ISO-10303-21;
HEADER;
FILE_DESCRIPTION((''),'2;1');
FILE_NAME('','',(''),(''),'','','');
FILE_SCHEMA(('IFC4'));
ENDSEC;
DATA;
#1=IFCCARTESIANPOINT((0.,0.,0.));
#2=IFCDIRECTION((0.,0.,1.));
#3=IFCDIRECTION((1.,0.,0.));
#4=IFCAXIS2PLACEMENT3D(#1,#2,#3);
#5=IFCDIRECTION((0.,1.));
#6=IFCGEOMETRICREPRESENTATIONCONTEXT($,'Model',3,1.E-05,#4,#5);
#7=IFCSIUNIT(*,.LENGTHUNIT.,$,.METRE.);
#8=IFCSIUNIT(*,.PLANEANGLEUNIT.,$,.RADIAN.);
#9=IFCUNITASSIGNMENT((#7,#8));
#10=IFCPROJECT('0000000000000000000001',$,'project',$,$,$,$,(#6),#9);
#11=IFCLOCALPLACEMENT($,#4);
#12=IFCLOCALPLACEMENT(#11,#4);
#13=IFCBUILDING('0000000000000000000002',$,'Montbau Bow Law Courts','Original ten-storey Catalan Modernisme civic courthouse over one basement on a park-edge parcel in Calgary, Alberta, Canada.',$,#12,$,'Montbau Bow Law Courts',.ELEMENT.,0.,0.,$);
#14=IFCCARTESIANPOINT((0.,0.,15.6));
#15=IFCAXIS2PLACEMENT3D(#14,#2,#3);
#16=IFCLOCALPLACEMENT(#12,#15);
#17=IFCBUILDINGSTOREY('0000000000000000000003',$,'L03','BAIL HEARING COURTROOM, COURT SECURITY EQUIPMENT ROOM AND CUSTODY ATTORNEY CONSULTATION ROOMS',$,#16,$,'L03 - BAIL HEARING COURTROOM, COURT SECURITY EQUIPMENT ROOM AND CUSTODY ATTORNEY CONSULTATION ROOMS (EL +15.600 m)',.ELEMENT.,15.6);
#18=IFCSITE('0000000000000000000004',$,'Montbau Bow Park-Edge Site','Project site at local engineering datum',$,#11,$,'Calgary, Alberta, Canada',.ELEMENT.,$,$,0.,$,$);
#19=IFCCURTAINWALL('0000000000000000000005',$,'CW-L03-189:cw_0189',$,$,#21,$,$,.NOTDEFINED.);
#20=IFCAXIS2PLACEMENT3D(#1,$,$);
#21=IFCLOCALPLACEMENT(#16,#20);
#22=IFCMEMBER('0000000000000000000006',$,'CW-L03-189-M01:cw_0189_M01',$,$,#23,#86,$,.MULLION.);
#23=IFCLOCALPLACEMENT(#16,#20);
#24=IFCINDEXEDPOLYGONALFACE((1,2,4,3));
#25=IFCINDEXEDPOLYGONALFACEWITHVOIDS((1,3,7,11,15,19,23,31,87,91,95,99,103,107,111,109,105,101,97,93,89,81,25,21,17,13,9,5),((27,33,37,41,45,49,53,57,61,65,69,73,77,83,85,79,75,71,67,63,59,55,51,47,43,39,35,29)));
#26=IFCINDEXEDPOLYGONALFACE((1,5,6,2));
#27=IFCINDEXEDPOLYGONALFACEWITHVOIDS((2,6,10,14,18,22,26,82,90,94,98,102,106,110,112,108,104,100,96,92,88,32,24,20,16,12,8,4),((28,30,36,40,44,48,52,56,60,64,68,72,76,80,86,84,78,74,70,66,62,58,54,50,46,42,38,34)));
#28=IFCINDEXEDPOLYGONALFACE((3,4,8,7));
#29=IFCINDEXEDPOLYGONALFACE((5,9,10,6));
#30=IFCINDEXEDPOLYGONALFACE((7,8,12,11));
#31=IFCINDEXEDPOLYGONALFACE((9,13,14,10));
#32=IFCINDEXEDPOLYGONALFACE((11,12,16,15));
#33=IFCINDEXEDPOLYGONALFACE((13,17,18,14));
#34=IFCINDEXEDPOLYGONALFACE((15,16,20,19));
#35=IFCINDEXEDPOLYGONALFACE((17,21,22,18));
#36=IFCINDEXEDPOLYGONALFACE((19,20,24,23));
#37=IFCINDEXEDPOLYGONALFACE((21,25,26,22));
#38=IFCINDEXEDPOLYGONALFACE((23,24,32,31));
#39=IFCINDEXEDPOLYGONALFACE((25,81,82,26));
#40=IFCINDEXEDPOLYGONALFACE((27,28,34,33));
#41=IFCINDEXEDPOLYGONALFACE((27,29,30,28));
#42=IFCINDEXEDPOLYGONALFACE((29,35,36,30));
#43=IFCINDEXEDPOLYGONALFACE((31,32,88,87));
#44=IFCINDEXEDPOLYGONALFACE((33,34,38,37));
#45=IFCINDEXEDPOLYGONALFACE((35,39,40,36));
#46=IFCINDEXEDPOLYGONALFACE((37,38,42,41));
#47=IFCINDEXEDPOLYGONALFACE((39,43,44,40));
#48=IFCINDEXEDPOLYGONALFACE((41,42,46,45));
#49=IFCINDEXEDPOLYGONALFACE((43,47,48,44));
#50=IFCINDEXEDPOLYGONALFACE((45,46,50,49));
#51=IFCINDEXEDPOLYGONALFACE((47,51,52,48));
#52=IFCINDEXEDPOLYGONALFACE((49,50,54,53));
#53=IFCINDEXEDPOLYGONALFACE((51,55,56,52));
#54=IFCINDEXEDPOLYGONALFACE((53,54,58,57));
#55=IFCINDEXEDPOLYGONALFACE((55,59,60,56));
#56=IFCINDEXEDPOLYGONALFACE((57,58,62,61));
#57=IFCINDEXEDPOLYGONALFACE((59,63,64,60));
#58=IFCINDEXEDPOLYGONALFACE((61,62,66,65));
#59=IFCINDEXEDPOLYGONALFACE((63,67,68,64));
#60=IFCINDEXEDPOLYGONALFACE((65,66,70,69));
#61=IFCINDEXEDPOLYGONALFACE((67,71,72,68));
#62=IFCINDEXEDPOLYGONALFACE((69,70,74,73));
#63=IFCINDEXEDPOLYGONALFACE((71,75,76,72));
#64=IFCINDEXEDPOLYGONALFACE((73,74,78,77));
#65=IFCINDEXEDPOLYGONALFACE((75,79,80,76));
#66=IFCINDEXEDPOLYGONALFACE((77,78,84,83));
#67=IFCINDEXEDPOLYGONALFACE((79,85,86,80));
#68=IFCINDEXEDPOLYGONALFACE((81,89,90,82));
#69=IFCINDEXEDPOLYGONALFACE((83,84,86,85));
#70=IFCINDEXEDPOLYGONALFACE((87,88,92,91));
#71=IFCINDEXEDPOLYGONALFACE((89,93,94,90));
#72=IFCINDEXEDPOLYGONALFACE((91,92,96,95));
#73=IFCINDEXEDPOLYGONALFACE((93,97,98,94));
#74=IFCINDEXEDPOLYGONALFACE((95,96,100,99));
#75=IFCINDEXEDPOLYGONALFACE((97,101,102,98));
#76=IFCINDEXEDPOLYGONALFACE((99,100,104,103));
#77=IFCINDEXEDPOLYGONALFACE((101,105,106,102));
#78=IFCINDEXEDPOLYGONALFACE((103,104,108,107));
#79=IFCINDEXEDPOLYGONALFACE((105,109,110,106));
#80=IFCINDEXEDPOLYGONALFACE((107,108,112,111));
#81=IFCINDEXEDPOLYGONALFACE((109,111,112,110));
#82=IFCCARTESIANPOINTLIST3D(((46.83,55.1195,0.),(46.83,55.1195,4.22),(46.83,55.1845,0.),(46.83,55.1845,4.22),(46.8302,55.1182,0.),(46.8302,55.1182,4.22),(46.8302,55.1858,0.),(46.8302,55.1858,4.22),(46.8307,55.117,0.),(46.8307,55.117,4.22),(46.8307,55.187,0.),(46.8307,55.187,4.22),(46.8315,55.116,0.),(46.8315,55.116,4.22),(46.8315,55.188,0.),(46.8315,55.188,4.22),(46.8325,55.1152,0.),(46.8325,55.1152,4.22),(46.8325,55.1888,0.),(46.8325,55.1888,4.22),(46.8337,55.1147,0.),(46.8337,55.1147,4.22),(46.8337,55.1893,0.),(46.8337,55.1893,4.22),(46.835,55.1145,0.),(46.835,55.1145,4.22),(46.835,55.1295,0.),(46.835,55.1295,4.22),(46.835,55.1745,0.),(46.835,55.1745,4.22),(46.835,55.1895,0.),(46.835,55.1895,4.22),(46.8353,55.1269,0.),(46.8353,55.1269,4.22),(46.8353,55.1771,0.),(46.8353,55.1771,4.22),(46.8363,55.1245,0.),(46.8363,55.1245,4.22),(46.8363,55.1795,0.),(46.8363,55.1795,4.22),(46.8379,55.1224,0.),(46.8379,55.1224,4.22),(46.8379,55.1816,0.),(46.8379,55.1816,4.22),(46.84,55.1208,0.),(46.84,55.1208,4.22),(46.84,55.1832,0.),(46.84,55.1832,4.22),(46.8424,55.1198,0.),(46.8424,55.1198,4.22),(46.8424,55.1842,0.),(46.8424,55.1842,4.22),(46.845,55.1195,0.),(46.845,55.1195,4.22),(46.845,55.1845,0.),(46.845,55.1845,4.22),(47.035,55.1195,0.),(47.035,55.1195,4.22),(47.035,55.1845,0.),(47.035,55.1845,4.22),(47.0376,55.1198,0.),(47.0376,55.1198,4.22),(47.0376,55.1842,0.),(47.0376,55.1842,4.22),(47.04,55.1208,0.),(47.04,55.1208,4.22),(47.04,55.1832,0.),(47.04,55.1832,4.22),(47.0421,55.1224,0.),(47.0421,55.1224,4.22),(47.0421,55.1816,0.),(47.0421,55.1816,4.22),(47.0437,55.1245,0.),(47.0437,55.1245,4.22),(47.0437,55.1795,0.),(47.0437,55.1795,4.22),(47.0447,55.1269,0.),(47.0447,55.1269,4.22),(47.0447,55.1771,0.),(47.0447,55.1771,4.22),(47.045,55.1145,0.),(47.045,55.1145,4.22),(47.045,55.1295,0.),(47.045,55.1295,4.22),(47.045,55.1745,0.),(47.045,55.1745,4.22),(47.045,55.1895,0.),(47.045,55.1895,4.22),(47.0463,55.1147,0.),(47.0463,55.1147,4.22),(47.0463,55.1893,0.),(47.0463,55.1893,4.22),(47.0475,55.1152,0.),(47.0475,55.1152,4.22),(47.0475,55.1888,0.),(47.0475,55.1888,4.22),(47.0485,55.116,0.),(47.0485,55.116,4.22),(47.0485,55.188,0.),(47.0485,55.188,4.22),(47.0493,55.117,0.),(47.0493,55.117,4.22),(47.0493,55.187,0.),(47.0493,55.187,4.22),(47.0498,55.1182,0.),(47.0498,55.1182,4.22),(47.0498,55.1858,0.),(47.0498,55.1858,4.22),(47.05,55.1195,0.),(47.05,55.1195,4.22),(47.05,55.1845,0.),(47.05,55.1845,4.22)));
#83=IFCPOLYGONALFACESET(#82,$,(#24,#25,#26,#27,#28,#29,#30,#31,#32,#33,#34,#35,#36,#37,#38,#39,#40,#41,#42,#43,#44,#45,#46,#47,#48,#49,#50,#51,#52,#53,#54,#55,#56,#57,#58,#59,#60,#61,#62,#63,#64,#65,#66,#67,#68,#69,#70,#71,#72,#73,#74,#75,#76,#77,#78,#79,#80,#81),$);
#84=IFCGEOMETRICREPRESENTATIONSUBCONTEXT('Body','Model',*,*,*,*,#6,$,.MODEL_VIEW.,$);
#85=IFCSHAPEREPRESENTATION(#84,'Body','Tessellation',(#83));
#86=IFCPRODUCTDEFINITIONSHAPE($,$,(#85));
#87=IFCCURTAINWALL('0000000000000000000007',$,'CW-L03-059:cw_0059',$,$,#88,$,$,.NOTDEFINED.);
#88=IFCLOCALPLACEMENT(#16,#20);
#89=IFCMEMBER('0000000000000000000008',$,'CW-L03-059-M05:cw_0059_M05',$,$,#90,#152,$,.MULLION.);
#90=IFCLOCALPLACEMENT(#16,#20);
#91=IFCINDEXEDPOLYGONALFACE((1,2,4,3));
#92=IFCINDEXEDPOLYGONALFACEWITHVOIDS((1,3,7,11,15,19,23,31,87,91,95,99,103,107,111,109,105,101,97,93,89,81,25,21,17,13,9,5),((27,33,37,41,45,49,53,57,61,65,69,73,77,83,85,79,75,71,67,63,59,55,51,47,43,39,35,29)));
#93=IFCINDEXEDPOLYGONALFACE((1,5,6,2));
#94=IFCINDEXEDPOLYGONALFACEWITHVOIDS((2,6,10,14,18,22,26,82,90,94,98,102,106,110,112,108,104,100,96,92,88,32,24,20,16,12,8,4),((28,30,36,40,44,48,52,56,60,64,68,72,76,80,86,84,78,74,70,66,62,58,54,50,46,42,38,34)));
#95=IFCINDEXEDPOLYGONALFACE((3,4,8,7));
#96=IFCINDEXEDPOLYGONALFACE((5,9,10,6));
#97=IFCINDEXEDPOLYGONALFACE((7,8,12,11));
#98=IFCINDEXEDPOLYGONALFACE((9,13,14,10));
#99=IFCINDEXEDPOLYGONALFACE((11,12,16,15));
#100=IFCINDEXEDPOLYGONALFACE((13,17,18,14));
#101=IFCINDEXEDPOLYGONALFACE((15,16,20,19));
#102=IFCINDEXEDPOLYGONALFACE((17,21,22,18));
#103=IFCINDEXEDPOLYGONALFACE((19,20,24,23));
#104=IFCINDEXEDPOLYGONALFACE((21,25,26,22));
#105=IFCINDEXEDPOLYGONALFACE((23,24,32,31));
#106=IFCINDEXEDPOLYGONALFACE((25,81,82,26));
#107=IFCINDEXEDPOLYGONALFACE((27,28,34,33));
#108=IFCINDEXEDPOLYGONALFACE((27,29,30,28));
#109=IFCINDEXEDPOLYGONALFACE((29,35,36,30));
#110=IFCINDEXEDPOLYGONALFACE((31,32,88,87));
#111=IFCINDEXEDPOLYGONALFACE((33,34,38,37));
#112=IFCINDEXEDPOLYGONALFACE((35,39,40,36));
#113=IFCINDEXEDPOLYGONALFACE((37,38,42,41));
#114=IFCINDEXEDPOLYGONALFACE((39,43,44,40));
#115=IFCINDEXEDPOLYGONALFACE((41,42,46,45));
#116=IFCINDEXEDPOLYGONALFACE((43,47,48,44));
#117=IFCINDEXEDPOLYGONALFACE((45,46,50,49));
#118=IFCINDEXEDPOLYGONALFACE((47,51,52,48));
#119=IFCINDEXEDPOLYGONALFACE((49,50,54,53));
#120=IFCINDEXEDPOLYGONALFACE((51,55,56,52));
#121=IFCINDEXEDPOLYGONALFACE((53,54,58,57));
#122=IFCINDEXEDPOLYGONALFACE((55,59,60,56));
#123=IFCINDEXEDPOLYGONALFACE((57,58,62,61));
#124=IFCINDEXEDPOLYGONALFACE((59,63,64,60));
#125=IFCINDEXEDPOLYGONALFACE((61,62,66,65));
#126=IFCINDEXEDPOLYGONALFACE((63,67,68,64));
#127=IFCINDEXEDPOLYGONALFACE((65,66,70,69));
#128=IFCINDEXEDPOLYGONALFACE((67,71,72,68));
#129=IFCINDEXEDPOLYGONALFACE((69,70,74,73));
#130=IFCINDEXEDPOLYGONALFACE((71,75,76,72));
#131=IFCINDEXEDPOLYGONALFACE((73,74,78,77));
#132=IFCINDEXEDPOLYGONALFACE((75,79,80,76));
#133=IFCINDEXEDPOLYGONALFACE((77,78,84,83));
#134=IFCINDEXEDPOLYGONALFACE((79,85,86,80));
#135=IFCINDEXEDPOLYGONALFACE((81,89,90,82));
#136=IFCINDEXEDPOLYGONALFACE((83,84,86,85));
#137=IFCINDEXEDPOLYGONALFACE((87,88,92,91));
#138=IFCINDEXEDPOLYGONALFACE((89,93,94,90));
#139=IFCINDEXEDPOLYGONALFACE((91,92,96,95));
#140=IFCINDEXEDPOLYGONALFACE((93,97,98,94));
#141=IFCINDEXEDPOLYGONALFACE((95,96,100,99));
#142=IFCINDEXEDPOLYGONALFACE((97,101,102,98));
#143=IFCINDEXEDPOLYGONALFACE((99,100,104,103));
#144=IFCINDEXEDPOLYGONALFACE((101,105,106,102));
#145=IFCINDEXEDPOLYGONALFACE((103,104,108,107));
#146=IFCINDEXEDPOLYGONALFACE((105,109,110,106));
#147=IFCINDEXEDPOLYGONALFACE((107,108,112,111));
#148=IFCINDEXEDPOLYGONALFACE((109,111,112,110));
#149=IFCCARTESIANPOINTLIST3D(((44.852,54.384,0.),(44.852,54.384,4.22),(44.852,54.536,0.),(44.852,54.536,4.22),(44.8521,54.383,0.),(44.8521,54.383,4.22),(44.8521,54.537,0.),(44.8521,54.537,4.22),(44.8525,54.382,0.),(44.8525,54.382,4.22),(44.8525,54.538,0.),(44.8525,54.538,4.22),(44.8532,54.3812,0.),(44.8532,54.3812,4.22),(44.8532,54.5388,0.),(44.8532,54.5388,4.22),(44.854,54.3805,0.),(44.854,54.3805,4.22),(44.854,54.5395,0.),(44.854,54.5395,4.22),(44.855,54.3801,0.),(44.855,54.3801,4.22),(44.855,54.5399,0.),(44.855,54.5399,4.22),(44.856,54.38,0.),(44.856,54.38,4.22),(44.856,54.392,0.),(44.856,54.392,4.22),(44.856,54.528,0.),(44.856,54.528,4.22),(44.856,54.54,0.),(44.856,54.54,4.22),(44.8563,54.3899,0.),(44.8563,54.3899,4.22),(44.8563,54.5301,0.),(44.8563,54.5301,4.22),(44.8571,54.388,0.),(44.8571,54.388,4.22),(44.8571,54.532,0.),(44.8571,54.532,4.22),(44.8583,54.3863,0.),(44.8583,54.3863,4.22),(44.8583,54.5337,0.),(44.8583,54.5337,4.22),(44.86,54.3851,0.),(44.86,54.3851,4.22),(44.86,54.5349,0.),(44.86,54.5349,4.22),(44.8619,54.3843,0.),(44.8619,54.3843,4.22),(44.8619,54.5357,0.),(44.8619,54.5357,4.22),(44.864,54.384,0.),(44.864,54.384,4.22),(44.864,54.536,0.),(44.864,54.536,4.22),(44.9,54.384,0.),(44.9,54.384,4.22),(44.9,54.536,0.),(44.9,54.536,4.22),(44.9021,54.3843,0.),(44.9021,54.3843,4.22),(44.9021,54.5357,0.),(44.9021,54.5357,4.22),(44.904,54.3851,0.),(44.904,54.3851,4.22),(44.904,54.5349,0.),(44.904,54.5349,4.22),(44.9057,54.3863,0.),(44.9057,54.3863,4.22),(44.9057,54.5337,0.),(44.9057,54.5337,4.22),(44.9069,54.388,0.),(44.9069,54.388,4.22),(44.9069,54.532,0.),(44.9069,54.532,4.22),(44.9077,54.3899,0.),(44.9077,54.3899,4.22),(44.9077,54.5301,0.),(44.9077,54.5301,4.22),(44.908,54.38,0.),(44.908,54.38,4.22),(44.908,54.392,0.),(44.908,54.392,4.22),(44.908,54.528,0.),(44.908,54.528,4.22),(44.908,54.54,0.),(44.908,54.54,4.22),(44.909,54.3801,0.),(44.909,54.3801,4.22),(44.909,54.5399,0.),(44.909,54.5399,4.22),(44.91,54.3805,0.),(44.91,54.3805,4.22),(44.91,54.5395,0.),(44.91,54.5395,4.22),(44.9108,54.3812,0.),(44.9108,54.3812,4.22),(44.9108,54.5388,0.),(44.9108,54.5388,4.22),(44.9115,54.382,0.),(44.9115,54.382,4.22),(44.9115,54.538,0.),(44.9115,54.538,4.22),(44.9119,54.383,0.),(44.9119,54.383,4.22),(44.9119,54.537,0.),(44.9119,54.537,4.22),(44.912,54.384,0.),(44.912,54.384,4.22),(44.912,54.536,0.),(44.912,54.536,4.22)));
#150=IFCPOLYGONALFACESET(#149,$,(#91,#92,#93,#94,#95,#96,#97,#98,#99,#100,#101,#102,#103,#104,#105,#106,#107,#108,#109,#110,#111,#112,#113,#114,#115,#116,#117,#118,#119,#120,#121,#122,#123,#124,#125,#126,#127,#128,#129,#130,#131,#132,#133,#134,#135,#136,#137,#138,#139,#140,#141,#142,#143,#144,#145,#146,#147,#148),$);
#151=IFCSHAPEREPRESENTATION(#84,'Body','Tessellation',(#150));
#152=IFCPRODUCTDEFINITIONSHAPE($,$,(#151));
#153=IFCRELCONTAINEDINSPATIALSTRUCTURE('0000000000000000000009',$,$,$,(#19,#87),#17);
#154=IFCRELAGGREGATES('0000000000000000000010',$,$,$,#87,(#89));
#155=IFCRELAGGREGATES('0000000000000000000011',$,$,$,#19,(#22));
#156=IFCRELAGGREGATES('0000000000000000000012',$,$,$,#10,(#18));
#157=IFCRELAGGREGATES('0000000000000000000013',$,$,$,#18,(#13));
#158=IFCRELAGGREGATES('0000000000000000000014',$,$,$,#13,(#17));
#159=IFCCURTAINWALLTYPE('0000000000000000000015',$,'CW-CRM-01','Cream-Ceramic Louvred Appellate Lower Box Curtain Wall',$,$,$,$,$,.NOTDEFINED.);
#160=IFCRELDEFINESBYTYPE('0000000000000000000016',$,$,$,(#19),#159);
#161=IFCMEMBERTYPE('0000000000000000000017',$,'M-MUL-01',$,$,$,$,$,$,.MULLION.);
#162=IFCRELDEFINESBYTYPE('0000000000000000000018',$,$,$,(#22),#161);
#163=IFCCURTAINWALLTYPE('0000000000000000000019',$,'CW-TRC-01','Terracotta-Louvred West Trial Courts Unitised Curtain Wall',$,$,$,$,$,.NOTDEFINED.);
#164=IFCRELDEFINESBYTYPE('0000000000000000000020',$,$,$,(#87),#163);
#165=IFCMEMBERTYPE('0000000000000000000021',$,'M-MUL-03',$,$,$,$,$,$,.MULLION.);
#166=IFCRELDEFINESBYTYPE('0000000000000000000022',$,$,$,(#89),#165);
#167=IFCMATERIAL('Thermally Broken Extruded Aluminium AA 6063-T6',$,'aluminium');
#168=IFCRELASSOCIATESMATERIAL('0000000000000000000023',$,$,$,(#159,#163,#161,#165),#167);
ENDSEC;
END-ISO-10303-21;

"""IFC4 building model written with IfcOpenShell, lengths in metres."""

from ifc_helpers import new_model, si_unit, direction, frame, origin_with_axes, origin_2d_with_axis, place, context, subcontext, project, spatial, hollow_rectangle, extrude, material, material_profile, profile_set, type_object, element, aggregate, save


model = new_model("IFC4")

# Units and contexts
model_context = context("Model", 3, precision=1e-05, world=origin_with_axes(), true_north=direction((0.0, 1.0)))
body_context = subcontext(model_context, "Body", "Model", "MODEL_VIEW")
ifc_project = project(units=[si_unit("LENGTHUNIT", "METRE"), si_unit("PLANEANGLEUNIT", "RADIAN")], contexts=[model_context])

# Site, building, storey
site_placement = place(None, origin_with_axes())
site = spatial("IfcSite", under=ifc_project, at=site_placement, Name="Montbau Bow Park-Edge Site", Description="Project site at local engineering datum", LongName="Calgary, Alberta, Canada", CompositionType="ELEMENT", RefElevation=0.0)
building_placement = place(site_placement, origin_with_axes())
building = spatial("IfcBuilding", under=site, at=building_placement, Name="Montbau Bow Law Courts", Description="Original ten-storey Catalan Modernisme civic courthouse over one basement on a park-edge parcel in Calgary, Alberta, Canada.", LongName="Montbau Bow Law Courts", CompositionType="ELEMENT", ElevationOfRefHeight=0.0, ElevationOfTerrain=0.0)
storey_placement = place(building_placement, frame((0.0, 0.0, 15.6), z_axis=(0.0, 0.0, 1.0), x_axis=(1.0, 0.0, 0.0)))
storey = spatial("IfcBuildingStorey", under=building, at=storey_placement, Name="L03", Description="BAIL HEARING COURTROOM, COURT SECURITY EQUIPMENT ROOM AND CUSTODY ATTORNEY CONSULTATION ROOMS", LongName="L03 - BAIL HEARING COURTROOM, COURT SECURITY EQUIPMENT ROOM AND CUSTODY ATTORNEY CONSULTATION ROOMS (EL +15.600 m)", CompositionType="ELEMENT", Elevation=15.6)

# Curtain wall, member
ifc_material_1 = material(Name="Thermally Broken Extruded Aluminium AA 6063-T6", Category="aluminium")
curtain_wall_type_1 = type_object("IfcCurtainWallType", Name="CW-CRM-01", Description="Cream-Ceramic Louvred Appellate Lower Box Curtain Wall", PredefinedType="NOTDEFINED", material=ifc_material_1)
curtain_wall_1_placement = place(None, frame((46.94, 55.115, 15.6), z_axis=(0.0, 0.0, 1.0), x_axis=(1.0, 0.0, 0.0)))
curtain_wall_1 = element("IfcCurtainWall", 1, at=curtain_wall_1_placement, inside=storey, type_object=curtain_wall_type_1, Name="CW-L03-189:cw_0189", PredefinedType="NOTDEFINED")
ifc_material_profile_1 = material_profile(ifc_material_1, hollow_rectangle(XDim=0.075, YDim=0.22, WallThickness=0.005, InnerFilletRadius=0.01, OuterFilletRadius=0.005, at=origin_2d_with_axis()), Name="CWM-220X75", Category="Main", Priority=0)
ifc_profile_set_1 = profile_set([ifc_material_profile_1], Name="Thermally Broken Extruded Aluminium AA 6063-T6")
member_type_1 = type_object("IfcMemberType", Name="M-MUL-01", PredefinedType="MULLION", material=ifc_profile_set_1)
member_1_placement = place(None, frame((46.94, 55.152, 15.6), z_axis=(0.0, 0.0, 1.0), x_axis=(0.0, 1.0, 0.0)))
member_1 = element("IfcMember", 2, at=member_1_placement, type_object=member_type_1, Name="CW-L03-189-M01:cw_0189_M01", PredefinedType="MULLION", context=body_context, shape_type="SweptSolid", body=[
    extrude(hollow_rectangle(XDim=0.075, YDim=0.22, WallThickness=0.005, InnerFilletRadius=0.01, OuterFilletRadius=0.005, at=origin_2d_with_axis()), origin_with_axes(), (0.0, 0.0, 1.0), 4.22),
])

# Curtain wall, member
curtain_wall_type_2 = type_object("IfcCurtainWallType", Name="CW-TRC-01", Description="Terracotta-Louvred West Trial Courts Unitised Curtain Wall", PredefinedType="NOTDEFINED", material=ifc_material_1)
curtain_wall_2_placement = place(None, frame((39.268, 54.46, 15.6), z_axis=(0.0, 0.0, 1.0), x_axis=(1.0, 0.0, 0.0)))
curtain_wall_2 = element("IfcCurtainWall", 3, at=curtain_wall_2_placement, inside=storey, type_object=curtain_wall_type_2, Name="CW-L03-059:cw_0059", PredefinedType="NOTDEFINED")
ifc_material_profile_2 = material_profile(ifc_material_1, hollow_rectangle(XDim=0.06, YDim=0.16, WallThickness=0.004, InnerFilletRadius=0.008, OuterFilletRadius=0.004, at=origin_2d_with_axis()), Name="CWM-160X60", Category="Main", Priority=0)
ifc_profile_set_2 = profile_set([ifc_material_profile_2], Name="Thermally Broken Extruded Aluminium AA 6063-T6")
member_type_2 = type_object("IfcMemberType", Name="M-MUL-03", PredefinedType="MULLION", material=ifc_profile_set_2)
member_2_placement = place(None, frame((44.882, 54.46, 15.6), z_axis=(0.0, 0.0, 1.0), x_axis=(1.0, 0.0, 0.0)))
member_2 = element("IfcMember", 4, at=member_2_placement, type_object=member_type_2, Name="CW-L03-059-M05:cw_0059_M05", PredefinedType="MULLION", context=body_context, shape_type="SweptSolid", body=[
    extrude(hollow_rectangle(XDim=0.06, YDim=0.16, WallThickness=0.004, InnerFilletRadius=0.008, OuterFilletRadius=0.004, at=origin_2d_with_axis()), origin_with_axes(), (0.0, 0.0, 1.0), 4.22),
])

aggregate(curtain_wall_2, [member_2])
aggregate(curtain_wall_1, [member_1])

save(model, "model.ifc")
